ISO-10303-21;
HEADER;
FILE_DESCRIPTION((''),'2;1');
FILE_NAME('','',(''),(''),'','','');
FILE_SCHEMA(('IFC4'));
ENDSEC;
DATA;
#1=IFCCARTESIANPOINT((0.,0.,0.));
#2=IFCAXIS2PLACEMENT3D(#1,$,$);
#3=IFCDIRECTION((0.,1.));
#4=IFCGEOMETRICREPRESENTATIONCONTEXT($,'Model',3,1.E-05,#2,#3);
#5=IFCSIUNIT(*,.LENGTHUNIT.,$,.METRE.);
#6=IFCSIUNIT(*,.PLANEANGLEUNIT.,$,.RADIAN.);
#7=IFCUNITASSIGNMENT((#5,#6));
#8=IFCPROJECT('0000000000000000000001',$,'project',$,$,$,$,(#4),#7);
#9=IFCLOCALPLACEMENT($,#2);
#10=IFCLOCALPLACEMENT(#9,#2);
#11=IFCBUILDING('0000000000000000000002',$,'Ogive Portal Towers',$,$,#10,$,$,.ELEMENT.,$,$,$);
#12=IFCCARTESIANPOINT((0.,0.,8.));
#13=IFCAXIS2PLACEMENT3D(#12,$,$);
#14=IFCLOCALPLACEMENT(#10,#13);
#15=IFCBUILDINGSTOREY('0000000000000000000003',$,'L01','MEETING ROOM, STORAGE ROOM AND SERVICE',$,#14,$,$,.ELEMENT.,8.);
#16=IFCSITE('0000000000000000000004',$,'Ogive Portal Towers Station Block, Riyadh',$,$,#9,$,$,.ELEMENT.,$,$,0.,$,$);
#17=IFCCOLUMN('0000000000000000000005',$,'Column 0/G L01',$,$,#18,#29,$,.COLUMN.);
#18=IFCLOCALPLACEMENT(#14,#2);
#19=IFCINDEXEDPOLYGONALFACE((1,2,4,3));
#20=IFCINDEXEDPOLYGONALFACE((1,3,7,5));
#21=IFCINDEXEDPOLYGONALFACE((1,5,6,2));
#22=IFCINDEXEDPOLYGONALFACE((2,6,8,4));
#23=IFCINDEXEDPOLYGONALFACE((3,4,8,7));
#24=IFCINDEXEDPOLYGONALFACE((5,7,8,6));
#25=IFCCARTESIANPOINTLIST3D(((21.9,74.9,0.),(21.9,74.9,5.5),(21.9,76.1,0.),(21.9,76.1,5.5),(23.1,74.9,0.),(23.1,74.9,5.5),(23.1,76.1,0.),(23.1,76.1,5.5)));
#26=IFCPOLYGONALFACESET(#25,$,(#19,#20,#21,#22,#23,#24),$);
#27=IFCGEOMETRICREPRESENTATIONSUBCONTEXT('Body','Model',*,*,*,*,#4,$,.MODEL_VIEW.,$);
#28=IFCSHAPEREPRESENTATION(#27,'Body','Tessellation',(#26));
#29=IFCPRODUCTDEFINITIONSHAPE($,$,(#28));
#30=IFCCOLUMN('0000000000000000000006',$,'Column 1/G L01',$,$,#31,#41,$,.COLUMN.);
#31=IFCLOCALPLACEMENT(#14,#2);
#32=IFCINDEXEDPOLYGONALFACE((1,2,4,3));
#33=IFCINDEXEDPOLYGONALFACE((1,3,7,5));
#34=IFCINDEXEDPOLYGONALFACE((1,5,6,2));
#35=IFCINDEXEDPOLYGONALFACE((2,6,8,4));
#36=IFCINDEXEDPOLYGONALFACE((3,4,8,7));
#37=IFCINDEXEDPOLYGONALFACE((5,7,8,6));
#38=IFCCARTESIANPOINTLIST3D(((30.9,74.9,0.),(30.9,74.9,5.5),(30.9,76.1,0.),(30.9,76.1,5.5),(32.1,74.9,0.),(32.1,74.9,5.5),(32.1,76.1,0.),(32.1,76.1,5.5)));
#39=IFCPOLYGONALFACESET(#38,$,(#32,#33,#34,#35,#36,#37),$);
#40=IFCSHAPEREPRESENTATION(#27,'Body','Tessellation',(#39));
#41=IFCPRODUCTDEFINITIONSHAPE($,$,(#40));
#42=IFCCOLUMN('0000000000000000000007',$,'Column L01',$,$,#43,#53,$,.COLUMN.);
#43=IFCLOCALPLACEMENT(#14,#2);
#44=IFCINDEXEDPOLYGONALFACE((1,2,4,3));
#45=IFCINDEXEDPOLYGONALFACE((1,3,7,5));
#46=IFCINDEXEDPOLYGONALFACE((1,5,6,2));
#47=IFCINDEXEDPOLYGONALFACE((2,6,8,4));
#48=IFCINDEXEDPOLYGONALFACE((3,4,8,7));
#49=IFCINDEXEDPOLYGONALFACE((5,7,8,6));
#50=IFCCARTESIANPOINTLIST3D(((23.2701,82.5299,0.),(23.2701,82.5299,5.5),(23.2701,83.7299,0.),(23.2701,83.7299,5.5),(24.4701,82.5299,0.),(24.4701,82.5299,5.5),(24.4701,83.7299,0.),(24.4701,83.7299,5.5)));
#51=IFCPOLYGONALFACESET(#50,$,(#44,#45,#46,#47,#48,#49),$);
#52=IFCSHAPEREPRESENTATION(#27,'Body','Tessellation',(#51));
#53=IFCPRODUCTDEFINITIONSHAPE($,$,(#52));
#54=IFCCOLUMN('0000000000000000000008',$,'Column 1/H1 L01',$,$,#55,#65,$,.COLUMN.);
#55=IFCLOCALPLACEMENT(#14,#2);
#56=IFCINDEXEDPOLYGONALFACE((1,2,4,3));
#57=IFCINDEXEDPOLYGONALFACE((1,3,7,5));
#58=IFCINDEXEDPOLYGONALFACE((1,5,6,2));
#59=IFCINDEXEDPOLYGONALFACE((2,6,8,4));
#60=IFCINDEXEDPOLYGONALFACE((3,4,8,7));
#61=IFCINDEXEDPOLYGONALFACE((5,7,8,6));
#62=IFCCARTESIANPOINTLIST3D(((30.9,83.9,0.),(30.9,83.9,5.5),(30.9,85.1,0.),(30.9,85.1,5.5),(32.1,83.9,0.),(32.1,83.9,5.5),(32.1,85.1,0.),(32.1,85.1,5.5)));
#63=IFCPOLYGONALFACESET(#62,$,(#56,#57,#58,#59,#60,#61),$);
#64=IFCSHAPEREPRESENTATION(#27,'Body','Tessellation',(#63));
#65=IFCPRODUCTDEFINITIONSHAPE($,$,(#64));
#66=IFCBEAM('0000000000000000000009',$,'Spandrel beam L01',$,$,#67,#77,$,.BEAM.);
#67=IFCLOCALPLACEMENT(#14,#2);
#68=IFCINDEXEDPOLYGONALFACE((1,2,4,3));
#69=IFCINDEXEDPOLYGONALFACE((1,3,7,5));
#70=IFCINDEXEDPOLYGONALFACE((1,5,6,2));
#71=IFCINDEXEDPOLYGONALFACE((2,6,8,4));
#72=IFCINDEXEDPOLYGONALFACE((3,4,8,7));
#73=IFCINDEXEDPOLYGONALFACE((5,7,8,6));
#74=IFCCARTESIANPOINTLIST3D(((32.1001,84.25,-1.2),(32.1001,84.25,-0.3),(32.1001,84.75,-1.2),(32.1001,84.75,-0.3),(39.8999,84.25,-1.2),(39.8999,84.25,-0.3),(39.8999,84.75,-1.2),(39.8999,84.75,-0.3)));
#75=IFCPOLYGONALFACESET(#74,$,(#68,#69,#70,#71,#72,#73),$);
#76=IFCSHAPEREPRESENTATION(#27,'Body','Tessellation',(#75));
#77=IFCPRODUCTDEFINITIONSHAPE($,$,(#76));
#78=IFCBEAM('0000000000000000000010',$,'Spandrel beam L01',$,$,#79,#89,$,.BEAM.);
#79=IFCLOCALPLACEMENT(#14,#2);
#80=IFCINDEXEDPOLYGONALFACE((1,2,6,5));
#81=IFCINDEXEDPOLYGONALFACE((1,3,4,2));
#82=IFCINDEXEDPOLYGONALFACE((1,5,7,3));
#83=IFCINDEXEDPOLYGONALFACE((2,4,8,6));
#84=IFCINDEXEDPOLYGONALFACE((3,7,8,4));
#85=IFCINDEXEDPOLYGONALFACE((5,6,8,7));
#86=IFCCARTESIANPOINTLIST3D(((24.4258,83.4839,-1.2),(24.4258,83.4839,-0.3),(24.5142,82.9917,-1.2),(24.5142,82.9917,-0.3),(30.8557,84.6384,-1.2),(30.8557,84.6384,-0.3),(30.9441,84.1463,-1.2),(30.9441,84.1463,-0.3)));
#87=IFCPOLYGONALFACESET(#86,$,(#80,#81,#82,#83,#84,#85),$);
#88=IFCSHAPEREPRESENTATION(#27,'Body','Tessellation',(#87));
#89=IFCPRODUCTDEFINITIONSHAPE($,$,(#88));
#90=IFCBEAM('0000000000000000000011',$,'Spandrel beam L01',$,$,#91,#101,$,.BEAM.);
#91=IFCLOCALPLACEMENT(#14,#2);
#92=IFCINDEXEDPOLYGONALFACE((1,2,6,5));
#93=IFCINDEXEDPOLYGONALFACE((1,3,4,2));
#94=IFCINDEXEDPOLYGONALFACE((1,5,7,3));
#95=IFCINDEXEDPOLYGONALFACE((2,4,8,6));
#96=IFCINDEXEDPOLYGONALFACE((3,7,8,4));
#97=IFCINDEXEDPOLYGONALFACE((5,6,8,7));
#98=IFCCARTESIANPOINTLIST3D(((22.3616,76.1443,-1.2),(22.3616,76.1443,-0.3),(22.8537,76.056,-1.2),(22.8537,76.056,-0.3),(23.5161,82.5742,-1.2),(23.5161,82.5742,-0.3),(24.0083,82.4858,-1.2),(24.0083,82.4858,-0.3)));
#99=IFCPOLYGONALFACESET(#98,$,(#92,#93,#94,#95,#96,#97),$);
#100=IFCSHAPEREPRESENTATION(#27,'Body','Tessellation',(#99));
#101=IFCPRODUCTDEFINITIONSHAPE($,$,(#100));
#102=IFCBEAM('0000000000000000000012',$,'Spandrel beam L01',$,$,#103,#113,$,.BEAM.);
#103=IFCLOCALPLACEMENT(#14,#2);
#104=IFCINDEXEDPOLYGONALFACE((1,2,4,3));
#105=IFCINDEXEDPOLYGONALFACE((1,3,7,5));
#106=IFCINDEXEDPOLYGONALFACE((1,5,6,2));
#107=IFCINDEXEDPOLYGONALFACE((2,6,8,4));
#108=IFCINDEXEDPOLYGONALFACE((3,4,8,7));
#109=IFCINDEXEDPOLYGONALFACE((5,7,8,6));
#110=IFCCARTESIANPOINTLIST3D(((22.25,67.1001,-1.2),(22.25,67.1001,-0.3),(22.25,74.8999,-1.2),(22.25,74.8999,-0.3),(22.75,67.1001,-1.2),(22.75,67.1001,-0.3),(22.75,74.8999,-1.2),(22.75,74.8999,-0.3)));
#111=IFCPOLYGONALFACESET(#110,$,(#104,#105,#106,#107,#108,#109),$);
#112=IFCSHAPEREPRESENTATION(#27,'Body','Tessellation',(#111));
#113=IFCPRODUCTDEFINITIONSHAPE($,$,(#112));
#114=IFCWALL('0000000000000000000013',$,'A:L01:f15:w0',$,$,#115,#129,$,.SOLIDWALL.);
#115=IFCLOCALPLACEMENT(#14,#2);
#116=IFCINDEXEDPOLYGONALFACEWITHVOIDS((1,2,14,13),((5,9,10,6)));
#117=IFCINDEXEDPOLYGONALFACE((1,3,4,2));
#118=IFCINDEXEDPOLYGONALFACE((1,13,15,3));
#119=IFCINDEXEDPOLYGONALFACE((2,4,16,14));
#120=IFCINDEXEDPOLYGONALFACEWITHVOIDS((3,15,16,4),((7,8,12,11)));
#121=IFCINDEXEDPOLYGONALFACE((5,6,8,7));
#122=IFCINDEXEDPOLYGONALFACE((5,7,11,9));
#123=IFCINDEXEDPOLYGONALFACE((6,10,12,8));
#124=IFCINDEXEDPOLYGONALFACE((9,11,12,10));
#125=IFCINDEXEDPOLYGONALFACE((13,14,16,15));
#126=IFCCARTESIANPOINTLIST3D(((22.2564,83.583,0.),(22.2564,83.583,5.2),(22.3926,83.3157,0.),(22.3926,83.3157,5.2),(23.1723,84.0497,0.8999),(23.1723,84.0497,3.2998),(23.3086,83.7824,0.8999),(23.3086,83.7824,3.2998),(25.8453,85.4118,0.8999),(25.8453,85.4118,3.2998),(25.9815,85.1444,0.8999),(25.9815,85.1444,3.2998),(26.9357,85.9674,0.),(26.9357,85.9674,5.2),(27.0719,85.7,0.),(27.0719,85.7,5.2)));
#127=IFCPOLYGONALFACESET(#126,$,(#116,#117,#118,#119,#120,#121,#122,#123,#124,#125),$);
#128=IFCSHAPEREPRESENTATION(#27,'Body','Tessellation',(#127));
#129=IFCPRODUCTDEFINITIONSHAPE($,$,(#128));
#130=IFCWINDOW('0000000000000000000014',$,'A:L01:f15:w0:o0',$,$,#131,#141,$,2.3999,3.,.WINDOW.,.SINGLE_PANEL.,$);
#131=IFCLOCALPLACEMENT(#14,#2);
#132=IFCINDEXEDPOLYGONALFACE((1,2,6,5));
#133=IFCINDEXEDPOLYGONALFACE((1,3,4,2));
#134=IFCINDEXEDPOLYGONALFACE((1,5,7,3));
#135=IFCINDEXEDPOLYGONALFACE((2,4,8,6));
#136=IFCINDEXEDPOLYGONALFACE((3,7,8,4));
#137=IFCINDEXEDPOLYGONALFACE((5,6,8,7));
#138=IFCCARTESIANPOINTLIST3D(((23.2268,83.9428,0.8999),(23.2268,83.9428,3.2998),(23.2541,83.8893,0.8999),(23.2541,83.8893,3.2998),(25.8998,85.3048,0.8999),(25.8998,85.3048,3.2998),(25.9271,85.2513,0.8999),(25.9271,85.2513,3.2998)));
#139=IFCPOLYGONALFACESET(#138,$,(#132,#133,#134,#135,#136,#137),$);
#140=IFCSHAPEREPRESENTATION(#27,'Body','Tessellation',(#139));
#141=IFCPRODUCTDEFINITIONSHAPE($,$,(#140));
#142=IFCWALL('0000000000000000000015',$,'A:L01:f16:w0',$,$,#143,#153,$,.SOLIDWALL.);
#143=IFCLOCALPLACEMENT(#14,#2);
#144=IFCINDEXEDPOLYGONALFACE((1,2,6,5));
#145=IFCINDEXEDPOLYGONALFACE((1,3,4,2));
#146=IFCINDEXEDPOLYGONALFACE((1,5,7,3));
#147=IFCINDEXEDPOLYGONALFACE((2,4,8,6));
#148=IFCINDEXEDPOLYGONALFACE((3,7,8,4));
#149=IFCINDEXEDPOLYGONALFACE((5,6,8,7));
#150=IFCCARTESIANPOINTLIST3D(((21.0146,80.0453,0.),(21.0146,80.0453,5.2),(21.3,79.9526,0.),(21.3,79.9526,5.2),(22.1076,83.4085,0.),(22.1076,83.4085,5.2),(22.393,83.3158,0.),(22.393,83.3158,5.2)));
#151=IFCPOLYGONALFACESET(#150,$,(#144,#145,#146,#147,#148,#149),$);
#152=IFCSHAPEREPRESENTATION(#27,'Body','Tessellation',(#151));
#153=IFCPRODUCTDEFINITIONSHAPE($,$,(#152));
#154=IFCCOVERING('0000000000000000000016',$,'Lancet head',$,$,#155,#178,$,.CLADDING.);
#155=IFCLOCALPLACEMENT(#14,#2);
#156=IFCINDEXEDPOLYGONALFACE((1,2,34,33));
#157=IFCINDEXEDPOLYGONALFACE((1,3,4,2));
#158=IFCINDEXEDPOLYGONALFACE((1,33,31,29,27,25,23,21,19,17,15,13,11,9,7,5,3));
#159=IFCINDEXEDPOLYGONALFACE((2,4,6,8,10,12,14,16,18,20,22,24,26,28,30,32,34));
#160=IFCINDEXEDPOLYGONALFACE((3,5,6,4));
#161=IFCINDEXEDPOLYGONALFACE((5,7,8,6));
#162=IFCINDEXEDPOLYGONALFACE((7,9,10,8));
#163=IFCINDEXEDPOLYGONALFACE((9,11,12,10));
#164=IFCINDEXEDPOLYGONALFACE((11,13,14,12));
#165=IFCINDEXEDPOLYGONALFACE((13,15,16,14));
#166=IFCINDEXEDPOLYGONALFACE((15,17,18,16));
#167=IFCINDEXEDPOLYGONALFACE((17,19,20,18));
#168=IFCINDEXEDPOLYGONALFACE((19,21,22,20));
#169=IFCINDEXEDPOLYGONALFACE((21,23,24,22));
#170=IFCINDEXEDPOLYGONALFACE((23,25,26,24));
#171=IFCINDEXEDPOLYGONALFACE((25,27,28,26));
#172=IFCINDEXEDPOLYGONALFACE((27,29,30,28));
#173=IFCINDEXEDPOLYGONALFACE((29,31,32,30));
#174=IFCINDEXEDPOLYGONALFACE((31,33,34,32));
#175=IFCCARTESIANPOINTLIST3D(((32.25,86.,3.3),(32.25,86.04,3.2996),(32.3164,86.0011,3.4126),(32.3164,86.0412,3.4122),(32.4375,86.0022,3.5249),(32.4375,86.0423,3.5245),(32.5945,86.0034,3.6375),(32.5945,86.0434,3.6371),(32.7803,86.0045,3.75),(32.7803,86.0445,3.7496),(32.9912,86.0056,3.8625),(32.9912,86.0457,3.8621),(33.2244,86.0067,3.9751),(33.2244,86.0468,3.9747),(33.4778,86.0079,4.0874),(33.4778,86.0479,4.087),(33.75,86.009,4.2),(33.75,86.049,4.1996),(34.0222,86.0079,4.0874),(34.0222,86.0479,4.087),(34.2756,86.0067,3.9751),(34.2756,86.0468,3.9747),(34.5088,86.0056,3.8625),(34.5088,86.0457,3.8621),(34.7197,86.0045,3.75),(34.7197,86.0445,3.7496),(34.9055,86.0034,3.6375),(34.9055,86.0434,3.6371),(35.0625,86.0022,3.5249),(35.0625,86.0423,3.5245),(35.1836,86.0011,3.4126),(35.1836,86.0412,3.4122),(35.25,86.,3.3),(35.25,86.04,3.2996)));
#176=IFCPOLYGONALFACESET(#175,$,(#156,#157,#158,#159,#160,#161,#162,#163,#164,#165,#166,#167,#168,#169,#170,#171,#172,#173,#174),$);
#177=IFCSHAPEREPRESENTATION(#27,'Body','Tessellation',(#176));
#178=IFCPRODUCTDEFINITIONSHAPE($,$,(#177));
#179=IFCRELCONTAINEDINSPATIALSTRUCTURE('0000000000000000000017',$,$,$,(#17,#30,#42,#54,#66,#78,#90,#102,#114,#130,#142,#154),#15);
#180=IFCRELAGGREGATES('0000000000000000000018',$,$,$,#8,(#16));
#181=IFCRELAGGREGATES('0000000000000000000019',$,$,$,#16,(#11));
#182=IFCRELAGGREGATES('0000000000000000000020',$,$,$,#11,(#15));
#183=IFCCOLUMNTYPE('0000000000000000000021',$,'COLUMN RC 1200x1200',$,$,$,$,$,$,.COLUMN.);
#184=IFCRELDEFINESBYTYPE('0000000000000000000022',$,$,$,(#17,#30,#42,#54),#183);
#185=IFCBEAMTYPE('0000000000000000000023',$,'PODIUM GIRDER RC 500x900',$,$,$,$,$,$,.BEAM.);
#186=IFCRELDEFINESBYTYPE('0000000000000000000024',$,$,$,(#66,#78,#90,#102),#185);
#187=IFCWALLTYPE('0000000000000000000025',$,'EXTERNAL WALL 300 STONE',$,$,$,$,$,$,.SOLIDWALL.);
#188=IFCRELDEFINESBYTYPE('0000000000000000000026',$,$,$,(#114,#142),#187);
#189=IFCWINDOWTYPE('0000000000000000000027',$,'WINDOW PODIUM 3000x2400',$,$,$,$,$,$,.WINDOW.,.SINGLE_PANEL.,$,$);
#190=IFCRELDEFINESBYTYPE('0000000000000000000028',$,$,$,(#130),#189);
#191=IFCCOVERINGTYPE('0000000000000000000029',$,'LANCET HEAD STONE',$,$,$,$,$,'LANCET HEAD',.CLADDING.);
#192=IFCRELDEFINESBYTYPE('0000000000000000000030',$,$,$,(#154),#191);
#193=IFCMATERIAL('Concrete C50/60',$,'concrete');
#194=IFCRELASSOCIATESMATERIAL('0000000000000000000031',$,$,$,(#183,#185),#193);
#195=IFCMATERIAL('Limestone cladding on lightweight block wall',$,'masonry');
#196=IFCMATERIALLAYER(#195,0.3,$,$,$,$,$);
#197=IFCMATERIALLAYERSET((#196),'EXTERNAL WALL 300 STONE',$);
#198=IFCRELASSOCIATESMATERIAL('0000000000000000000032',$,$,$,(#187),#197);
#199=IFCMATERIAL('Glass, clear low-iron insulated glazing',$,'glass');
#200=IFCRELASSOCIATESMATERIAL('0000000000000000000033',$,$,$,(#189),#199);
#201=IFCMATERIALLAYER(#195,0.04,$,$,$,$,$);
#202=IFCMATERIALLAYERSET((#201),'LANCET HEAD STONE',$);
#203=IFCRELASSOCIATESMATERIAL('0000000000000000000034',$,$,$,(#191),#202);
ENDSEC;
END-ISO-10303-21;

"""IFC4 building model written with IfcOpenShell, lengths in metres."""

from ifc_helpers import new_model, si_unit, direction, frame, frame_2d, origin, origin_2d, place, context, subcontext, project, spatial, polyline, rectangle, outline, extrude, material, layer, layer_set, material_profile, profile_set, type_object, element, fill, save


model = new_model("IFC4")

# Units and contexts
model_context = context("Model", 3, precision=1e-05, world=origin(), true_north=direction((0.0, 1.0)))
body_context = subcontext(model_context, "Body", "Model", "MODEL_VIEW")
ifc_project = project(units=[si_unit("LENGTHUNIT", "METRE"), si_unit("PLANEANGLEUNIT", "RADIAN")], contexts=[model_context])

# Site, building, storey
site_placement = place(None, origin())
site = spatial("IfcSite", under=ifc_project, at=site_placement, Name="Ogive Portal Towers Station Block, Riyadh", CompositionType="ELEMENT", RefElevation=0.0)
building_placement = place(site_placement, origin())
building = spatial("IfcBuilding", under=site, at=building_placement, Name="Ogive Portal Towers", CompositionType="ELEMENT")
storey_placement = place(building_placement, frame((0.0, 0.0, 8.0)))
storey = spatial("IfcBuildingStorey", under=building, at=storey_placement, Name="L01", Description="MEETING ROOM, STORAGE ROOM AND SERVICE", CompositionType="ELEMENT", Elevation=8.0)

# Columns
ifc_material_1 = material(Name="Concrete C50/60", Category="concrete")
ifc_material_profile_1 = material_profile(ifc_material_1, rectangle(XDim=1.2, YDim=1.2, at=origin_2d()), Name="RC 1200x1200")
ifc_profile_set_1 = profile_set([ifc_material_profile_1], Name="Concrete C50/60")
column_type = type_object("IfcColumnType", Name="COLUMN RC 1200x1200", PredefinedType="COLUMN", material=ifc_profile_set_1)
for number, where, z_axis, x_axis, name in (
    (1, (22.5, 75.5, 0.0), (0.0, 0.0, 1.0), (1.0, 0.0, 0.0), "Column 0/G L01"),
    (2, (31.5, 75.5, 0.0), (0.0, 0.0, 1.0), (1.0, 0.0, 0.0), "Column 1/G L01"),
    (3, (23.8701, 83.1299, 0.0), (0.0, 0.0, 1.0), (1.0, 0.0, 0.0), "Column L01"),
    (4, (31.5, 84.5, 0.0), (0.0, 0.0, 1.0), (1.0, 0.0, 0.0), "Column 1/H1 L01"),
):
    element("IfcColumn", number, at=place(storey_placement, frame(where, z_axis=z_axis, x_axis=x_axis)), inside=storey, type_object=column_type, Name=name, PredefinedType="COLUMN", context=body_context, shape_type="SweptSolid", body=[
        extrude(rectangle(XDim=1.2, YDim=1.2, at=origin_2d()), origin(), (0.0, 0.0, 1.0), 5.5),
    ])

# Beams
ifc_material_profile_2 = material_profile(ifc_material_1, rectangle(XDim=0.5, YDim=0.8999, at=origin_2d()), Name="RC 500x900")
ifc_profile_set_2 = profile_set([ifc_material_profile_2], Name="Concrete C50/60")
beam_type = type_object("IfcBeamType", Name="PODIUM GIRDER RC 500x900", PredefinedType="BEAM", material=ifc_profile_set_2)
beam_1_placement = place(storey_placement, frame((39.8999, 84.5, -0.75), z_axis=(-1.0, 0.0, 0.0), x_axis=(0.0, -1.0, 0.0)))
element("IfcBeam", 5, at=beam_1_placement, inside=storey, type_object=beam_type, Name="Spandrel beam L01", PredefinedType="BEAM", context=body_context, shape_type="SweptSolid", body=[
    extrude(rectangle(XDim=0.5, YDim=0.8999, at=origin_2d()), origin(), (0.0, 0.0, 1.0), 7.7998),
])
for number, where, z_axis, x_axis, name in (
    (6, (30.8999, 84.3923, -0.75), (-0.984259, -0.176731, 0.0), (0.176731, -0.984259, 0.0), "Spandrel beam L01"),
    (7, (23.7622, 82.53, -0.75), (-0.176731, -0.984259, 0.0), (0.984259, -0.176731, 0.0), "Spandrel beam L01"),
):
    element("IfcBeam", number, at=place(storey_placement, frame(where, z_axis=z_axis, x_axis=x_axis)), inside=storey, type_object=beam_type, Name=name, PredefinedType="BEAM", context=body_context, shape_type="SweptSolid", body=[
        extrude(rectangle(XDim=0.5, YDim=0.8999, at=origin_2d()), origin(), (0.0, 0.0, 1.0), 6.5327),
    ])
beam_2_placement = place(storey_placement, frame((22.5, 74.8999, -0.75), z_axis=(0.0, -1.0, 0.0), x_axis=(1.0, 0.0, 0.0)))
element("IfcBeam", 8, at=beam_2_placement, inside=storey, type_object=beam_type, Name="Spandrel beam L01", PredefinedType="BEAM", context=body_context, shape_type="SweptSolid", body=[
    extrude(rectangle(XDim=0.5, YDim=0.8999, at=origin_2d()), origin(), (0.0, 0.0, 1.0), 7.7998),
])

# Wall, opening, window
ifc_material_2 = material(Name="Limestone cladding on lightweight block wall", Category="masonry")
ifc_layer_1 = layer(ifc_material_2, 0.3)
ifc_layer_set_1 = layer_set([ifc_layer_1], Name="EXTERNAL WALL 300 STONE")
wall_type = type_object("IfcWallType", Name="EXTERNAL WALL 300 STONE", PredefinedType="SOLIDWALL", material=ifc_layer_set_1)
wall_1_placement = place(storey_placement, frame((27.0039, 85.8337, 0.0), z_axis=(0.0, 0.0, 1.0), x_axis=(-0.890998, -0.454007, 0.0)))
wall_1 = element("IfcWall", 9, at=wall_1_placement, inside=storey, type_object=wall_type, Name="A:L01:f15:w0", PredefinedType="SOLIDWALL", context=body_context, shape_type="SweptSolid", body=[
    extrude(rectangle(XDim=5.2517, YDim=0.3, at=frame_2d((2.626, 0.0))), origin(), (0.0, 0.0, 1.0), 5.2),
])
opening_1_placement = place(wall_1_placement, frame((1.2239, 0.0, 0.8999)))
opening_1 = element("IfcOpeningElement", 10, at=opening_1_placement, cuts=wall_1, PredefinedType="OPENING", context=body_context, shape_type="SweptSolid", body=[
    extrude(rectangle(XDim=3.0, YDim=2.3999, at=frame_2d((1.5, 1.2))), frame((0.0, 0.1602, 0.0), z_axis=(0.0, -1.0, 0.0), x_axis=(1.0, 0.0, 0.0)), (0.0, 0.0, 1.0), 0.3201),
])
ifc_material_3 = material(Name="Glass, clear low-iron insulated glazing", Category="glass")
window_type = type_object("IfcWindowType", Name="WINDOW PODIUM 3000x2400", PartitioningType="SINGLE_PANEL", PredefinedType="WINDOW", material=ifc_material_3)
window_1_placement = place(opening_1_placement, origin())
window_1 = element("IfcWindow", 11, at=window_1_placement, inside=storey, type_object=window_type, Name="A:L01:f15:w0:o0", OverallHeight=2.3999, OverallWidth=3.0, PartitioningType="SINGLE_PANEL", PredefinedType="WINDOW", context=body_context, shape_type="SweptSolid", body=[
    extrude(rectangle(XDim=3.0, YDim=2.3999, at=frame_2d((1.5, 1.2))), frame((0.0, 0.03, 0.0), z_axis=(0.0, -1.0, 0.0), x_axis=(1.0, 0.0, 0.0)), (0.0, 0.0, 1.0), 0.0601),
])
fill(opening_1, window_1)

# Wall
wall_2_placement = place(storey_placement, frame((22.2502, 83.3621, 0.0), z_axis=(0.0, 0.0, 1.0), x_axis=(-0.309074, -0.951038, 0.0)))
element("IfcWall", 12, at=wall_2_placement, inside=storey, type_object=wall_type, Name="A:L01:f16:w0", PredefinedType="SOLIDWALL", context=body_context, shape_type="SweptSolid", body=[
    extrude(rectangle(XDim=3.5364, YDim=0.3, at=frame_2d((1.7681, 0.0))), origin(), (0.0, 0.0, 1.0), 5.2),
])

# Covering
ifc_layer_2 = layer(ifc_material_2, 0.04)
ifc_layer_set_2 = layer_set([ifc_layer_2], Name="LANCET HEAD STONE")
covering_type_1 = type_object("IfcCoveringType", Name="LANCET HEAD STONE", ElementType="LANCET HEAD", PredefinedType="CLADDING", material=ifc_layer_set_2)
covering_1_placement = place(storey_placement, frame((35.25, 86.0, 3.3), z_axis=(0.0, -0.99995, 0.009994), x_axis=(-1.0, 0.0, 0.0)))
element("IfcCovering", 13, at=covering_1_placement, inside=storey, type_object=covering_type_1, Name="Lancet head", PredefinedType="CLADDING", context=body_context, shape_type="SweptSolid", body=[
    extrude(outline(polyline([(0.0, 0.0), (3.0, 0.0), (2.9336, -0.1126), (2.8125, -0.2249), (2.6555, -0.3374), (2.4697, -0.45), (2.2588, -0.5625), (2.0256, -0.6751), (1.7722, -0.7874), (1.5, -0.8999), (1.2278, -0.7874), (0.9744, -0.6751), (0.7412, -0.5625), (0.5303, -0.45), (0.3445, -0.3374), (0.1875, -0.2249), (0.0664, -0.1126), (0.0, 0.0)])), origin(), (0.0, 0.0, -1.0), 0.04),
])

save(model, "model.ifc")
